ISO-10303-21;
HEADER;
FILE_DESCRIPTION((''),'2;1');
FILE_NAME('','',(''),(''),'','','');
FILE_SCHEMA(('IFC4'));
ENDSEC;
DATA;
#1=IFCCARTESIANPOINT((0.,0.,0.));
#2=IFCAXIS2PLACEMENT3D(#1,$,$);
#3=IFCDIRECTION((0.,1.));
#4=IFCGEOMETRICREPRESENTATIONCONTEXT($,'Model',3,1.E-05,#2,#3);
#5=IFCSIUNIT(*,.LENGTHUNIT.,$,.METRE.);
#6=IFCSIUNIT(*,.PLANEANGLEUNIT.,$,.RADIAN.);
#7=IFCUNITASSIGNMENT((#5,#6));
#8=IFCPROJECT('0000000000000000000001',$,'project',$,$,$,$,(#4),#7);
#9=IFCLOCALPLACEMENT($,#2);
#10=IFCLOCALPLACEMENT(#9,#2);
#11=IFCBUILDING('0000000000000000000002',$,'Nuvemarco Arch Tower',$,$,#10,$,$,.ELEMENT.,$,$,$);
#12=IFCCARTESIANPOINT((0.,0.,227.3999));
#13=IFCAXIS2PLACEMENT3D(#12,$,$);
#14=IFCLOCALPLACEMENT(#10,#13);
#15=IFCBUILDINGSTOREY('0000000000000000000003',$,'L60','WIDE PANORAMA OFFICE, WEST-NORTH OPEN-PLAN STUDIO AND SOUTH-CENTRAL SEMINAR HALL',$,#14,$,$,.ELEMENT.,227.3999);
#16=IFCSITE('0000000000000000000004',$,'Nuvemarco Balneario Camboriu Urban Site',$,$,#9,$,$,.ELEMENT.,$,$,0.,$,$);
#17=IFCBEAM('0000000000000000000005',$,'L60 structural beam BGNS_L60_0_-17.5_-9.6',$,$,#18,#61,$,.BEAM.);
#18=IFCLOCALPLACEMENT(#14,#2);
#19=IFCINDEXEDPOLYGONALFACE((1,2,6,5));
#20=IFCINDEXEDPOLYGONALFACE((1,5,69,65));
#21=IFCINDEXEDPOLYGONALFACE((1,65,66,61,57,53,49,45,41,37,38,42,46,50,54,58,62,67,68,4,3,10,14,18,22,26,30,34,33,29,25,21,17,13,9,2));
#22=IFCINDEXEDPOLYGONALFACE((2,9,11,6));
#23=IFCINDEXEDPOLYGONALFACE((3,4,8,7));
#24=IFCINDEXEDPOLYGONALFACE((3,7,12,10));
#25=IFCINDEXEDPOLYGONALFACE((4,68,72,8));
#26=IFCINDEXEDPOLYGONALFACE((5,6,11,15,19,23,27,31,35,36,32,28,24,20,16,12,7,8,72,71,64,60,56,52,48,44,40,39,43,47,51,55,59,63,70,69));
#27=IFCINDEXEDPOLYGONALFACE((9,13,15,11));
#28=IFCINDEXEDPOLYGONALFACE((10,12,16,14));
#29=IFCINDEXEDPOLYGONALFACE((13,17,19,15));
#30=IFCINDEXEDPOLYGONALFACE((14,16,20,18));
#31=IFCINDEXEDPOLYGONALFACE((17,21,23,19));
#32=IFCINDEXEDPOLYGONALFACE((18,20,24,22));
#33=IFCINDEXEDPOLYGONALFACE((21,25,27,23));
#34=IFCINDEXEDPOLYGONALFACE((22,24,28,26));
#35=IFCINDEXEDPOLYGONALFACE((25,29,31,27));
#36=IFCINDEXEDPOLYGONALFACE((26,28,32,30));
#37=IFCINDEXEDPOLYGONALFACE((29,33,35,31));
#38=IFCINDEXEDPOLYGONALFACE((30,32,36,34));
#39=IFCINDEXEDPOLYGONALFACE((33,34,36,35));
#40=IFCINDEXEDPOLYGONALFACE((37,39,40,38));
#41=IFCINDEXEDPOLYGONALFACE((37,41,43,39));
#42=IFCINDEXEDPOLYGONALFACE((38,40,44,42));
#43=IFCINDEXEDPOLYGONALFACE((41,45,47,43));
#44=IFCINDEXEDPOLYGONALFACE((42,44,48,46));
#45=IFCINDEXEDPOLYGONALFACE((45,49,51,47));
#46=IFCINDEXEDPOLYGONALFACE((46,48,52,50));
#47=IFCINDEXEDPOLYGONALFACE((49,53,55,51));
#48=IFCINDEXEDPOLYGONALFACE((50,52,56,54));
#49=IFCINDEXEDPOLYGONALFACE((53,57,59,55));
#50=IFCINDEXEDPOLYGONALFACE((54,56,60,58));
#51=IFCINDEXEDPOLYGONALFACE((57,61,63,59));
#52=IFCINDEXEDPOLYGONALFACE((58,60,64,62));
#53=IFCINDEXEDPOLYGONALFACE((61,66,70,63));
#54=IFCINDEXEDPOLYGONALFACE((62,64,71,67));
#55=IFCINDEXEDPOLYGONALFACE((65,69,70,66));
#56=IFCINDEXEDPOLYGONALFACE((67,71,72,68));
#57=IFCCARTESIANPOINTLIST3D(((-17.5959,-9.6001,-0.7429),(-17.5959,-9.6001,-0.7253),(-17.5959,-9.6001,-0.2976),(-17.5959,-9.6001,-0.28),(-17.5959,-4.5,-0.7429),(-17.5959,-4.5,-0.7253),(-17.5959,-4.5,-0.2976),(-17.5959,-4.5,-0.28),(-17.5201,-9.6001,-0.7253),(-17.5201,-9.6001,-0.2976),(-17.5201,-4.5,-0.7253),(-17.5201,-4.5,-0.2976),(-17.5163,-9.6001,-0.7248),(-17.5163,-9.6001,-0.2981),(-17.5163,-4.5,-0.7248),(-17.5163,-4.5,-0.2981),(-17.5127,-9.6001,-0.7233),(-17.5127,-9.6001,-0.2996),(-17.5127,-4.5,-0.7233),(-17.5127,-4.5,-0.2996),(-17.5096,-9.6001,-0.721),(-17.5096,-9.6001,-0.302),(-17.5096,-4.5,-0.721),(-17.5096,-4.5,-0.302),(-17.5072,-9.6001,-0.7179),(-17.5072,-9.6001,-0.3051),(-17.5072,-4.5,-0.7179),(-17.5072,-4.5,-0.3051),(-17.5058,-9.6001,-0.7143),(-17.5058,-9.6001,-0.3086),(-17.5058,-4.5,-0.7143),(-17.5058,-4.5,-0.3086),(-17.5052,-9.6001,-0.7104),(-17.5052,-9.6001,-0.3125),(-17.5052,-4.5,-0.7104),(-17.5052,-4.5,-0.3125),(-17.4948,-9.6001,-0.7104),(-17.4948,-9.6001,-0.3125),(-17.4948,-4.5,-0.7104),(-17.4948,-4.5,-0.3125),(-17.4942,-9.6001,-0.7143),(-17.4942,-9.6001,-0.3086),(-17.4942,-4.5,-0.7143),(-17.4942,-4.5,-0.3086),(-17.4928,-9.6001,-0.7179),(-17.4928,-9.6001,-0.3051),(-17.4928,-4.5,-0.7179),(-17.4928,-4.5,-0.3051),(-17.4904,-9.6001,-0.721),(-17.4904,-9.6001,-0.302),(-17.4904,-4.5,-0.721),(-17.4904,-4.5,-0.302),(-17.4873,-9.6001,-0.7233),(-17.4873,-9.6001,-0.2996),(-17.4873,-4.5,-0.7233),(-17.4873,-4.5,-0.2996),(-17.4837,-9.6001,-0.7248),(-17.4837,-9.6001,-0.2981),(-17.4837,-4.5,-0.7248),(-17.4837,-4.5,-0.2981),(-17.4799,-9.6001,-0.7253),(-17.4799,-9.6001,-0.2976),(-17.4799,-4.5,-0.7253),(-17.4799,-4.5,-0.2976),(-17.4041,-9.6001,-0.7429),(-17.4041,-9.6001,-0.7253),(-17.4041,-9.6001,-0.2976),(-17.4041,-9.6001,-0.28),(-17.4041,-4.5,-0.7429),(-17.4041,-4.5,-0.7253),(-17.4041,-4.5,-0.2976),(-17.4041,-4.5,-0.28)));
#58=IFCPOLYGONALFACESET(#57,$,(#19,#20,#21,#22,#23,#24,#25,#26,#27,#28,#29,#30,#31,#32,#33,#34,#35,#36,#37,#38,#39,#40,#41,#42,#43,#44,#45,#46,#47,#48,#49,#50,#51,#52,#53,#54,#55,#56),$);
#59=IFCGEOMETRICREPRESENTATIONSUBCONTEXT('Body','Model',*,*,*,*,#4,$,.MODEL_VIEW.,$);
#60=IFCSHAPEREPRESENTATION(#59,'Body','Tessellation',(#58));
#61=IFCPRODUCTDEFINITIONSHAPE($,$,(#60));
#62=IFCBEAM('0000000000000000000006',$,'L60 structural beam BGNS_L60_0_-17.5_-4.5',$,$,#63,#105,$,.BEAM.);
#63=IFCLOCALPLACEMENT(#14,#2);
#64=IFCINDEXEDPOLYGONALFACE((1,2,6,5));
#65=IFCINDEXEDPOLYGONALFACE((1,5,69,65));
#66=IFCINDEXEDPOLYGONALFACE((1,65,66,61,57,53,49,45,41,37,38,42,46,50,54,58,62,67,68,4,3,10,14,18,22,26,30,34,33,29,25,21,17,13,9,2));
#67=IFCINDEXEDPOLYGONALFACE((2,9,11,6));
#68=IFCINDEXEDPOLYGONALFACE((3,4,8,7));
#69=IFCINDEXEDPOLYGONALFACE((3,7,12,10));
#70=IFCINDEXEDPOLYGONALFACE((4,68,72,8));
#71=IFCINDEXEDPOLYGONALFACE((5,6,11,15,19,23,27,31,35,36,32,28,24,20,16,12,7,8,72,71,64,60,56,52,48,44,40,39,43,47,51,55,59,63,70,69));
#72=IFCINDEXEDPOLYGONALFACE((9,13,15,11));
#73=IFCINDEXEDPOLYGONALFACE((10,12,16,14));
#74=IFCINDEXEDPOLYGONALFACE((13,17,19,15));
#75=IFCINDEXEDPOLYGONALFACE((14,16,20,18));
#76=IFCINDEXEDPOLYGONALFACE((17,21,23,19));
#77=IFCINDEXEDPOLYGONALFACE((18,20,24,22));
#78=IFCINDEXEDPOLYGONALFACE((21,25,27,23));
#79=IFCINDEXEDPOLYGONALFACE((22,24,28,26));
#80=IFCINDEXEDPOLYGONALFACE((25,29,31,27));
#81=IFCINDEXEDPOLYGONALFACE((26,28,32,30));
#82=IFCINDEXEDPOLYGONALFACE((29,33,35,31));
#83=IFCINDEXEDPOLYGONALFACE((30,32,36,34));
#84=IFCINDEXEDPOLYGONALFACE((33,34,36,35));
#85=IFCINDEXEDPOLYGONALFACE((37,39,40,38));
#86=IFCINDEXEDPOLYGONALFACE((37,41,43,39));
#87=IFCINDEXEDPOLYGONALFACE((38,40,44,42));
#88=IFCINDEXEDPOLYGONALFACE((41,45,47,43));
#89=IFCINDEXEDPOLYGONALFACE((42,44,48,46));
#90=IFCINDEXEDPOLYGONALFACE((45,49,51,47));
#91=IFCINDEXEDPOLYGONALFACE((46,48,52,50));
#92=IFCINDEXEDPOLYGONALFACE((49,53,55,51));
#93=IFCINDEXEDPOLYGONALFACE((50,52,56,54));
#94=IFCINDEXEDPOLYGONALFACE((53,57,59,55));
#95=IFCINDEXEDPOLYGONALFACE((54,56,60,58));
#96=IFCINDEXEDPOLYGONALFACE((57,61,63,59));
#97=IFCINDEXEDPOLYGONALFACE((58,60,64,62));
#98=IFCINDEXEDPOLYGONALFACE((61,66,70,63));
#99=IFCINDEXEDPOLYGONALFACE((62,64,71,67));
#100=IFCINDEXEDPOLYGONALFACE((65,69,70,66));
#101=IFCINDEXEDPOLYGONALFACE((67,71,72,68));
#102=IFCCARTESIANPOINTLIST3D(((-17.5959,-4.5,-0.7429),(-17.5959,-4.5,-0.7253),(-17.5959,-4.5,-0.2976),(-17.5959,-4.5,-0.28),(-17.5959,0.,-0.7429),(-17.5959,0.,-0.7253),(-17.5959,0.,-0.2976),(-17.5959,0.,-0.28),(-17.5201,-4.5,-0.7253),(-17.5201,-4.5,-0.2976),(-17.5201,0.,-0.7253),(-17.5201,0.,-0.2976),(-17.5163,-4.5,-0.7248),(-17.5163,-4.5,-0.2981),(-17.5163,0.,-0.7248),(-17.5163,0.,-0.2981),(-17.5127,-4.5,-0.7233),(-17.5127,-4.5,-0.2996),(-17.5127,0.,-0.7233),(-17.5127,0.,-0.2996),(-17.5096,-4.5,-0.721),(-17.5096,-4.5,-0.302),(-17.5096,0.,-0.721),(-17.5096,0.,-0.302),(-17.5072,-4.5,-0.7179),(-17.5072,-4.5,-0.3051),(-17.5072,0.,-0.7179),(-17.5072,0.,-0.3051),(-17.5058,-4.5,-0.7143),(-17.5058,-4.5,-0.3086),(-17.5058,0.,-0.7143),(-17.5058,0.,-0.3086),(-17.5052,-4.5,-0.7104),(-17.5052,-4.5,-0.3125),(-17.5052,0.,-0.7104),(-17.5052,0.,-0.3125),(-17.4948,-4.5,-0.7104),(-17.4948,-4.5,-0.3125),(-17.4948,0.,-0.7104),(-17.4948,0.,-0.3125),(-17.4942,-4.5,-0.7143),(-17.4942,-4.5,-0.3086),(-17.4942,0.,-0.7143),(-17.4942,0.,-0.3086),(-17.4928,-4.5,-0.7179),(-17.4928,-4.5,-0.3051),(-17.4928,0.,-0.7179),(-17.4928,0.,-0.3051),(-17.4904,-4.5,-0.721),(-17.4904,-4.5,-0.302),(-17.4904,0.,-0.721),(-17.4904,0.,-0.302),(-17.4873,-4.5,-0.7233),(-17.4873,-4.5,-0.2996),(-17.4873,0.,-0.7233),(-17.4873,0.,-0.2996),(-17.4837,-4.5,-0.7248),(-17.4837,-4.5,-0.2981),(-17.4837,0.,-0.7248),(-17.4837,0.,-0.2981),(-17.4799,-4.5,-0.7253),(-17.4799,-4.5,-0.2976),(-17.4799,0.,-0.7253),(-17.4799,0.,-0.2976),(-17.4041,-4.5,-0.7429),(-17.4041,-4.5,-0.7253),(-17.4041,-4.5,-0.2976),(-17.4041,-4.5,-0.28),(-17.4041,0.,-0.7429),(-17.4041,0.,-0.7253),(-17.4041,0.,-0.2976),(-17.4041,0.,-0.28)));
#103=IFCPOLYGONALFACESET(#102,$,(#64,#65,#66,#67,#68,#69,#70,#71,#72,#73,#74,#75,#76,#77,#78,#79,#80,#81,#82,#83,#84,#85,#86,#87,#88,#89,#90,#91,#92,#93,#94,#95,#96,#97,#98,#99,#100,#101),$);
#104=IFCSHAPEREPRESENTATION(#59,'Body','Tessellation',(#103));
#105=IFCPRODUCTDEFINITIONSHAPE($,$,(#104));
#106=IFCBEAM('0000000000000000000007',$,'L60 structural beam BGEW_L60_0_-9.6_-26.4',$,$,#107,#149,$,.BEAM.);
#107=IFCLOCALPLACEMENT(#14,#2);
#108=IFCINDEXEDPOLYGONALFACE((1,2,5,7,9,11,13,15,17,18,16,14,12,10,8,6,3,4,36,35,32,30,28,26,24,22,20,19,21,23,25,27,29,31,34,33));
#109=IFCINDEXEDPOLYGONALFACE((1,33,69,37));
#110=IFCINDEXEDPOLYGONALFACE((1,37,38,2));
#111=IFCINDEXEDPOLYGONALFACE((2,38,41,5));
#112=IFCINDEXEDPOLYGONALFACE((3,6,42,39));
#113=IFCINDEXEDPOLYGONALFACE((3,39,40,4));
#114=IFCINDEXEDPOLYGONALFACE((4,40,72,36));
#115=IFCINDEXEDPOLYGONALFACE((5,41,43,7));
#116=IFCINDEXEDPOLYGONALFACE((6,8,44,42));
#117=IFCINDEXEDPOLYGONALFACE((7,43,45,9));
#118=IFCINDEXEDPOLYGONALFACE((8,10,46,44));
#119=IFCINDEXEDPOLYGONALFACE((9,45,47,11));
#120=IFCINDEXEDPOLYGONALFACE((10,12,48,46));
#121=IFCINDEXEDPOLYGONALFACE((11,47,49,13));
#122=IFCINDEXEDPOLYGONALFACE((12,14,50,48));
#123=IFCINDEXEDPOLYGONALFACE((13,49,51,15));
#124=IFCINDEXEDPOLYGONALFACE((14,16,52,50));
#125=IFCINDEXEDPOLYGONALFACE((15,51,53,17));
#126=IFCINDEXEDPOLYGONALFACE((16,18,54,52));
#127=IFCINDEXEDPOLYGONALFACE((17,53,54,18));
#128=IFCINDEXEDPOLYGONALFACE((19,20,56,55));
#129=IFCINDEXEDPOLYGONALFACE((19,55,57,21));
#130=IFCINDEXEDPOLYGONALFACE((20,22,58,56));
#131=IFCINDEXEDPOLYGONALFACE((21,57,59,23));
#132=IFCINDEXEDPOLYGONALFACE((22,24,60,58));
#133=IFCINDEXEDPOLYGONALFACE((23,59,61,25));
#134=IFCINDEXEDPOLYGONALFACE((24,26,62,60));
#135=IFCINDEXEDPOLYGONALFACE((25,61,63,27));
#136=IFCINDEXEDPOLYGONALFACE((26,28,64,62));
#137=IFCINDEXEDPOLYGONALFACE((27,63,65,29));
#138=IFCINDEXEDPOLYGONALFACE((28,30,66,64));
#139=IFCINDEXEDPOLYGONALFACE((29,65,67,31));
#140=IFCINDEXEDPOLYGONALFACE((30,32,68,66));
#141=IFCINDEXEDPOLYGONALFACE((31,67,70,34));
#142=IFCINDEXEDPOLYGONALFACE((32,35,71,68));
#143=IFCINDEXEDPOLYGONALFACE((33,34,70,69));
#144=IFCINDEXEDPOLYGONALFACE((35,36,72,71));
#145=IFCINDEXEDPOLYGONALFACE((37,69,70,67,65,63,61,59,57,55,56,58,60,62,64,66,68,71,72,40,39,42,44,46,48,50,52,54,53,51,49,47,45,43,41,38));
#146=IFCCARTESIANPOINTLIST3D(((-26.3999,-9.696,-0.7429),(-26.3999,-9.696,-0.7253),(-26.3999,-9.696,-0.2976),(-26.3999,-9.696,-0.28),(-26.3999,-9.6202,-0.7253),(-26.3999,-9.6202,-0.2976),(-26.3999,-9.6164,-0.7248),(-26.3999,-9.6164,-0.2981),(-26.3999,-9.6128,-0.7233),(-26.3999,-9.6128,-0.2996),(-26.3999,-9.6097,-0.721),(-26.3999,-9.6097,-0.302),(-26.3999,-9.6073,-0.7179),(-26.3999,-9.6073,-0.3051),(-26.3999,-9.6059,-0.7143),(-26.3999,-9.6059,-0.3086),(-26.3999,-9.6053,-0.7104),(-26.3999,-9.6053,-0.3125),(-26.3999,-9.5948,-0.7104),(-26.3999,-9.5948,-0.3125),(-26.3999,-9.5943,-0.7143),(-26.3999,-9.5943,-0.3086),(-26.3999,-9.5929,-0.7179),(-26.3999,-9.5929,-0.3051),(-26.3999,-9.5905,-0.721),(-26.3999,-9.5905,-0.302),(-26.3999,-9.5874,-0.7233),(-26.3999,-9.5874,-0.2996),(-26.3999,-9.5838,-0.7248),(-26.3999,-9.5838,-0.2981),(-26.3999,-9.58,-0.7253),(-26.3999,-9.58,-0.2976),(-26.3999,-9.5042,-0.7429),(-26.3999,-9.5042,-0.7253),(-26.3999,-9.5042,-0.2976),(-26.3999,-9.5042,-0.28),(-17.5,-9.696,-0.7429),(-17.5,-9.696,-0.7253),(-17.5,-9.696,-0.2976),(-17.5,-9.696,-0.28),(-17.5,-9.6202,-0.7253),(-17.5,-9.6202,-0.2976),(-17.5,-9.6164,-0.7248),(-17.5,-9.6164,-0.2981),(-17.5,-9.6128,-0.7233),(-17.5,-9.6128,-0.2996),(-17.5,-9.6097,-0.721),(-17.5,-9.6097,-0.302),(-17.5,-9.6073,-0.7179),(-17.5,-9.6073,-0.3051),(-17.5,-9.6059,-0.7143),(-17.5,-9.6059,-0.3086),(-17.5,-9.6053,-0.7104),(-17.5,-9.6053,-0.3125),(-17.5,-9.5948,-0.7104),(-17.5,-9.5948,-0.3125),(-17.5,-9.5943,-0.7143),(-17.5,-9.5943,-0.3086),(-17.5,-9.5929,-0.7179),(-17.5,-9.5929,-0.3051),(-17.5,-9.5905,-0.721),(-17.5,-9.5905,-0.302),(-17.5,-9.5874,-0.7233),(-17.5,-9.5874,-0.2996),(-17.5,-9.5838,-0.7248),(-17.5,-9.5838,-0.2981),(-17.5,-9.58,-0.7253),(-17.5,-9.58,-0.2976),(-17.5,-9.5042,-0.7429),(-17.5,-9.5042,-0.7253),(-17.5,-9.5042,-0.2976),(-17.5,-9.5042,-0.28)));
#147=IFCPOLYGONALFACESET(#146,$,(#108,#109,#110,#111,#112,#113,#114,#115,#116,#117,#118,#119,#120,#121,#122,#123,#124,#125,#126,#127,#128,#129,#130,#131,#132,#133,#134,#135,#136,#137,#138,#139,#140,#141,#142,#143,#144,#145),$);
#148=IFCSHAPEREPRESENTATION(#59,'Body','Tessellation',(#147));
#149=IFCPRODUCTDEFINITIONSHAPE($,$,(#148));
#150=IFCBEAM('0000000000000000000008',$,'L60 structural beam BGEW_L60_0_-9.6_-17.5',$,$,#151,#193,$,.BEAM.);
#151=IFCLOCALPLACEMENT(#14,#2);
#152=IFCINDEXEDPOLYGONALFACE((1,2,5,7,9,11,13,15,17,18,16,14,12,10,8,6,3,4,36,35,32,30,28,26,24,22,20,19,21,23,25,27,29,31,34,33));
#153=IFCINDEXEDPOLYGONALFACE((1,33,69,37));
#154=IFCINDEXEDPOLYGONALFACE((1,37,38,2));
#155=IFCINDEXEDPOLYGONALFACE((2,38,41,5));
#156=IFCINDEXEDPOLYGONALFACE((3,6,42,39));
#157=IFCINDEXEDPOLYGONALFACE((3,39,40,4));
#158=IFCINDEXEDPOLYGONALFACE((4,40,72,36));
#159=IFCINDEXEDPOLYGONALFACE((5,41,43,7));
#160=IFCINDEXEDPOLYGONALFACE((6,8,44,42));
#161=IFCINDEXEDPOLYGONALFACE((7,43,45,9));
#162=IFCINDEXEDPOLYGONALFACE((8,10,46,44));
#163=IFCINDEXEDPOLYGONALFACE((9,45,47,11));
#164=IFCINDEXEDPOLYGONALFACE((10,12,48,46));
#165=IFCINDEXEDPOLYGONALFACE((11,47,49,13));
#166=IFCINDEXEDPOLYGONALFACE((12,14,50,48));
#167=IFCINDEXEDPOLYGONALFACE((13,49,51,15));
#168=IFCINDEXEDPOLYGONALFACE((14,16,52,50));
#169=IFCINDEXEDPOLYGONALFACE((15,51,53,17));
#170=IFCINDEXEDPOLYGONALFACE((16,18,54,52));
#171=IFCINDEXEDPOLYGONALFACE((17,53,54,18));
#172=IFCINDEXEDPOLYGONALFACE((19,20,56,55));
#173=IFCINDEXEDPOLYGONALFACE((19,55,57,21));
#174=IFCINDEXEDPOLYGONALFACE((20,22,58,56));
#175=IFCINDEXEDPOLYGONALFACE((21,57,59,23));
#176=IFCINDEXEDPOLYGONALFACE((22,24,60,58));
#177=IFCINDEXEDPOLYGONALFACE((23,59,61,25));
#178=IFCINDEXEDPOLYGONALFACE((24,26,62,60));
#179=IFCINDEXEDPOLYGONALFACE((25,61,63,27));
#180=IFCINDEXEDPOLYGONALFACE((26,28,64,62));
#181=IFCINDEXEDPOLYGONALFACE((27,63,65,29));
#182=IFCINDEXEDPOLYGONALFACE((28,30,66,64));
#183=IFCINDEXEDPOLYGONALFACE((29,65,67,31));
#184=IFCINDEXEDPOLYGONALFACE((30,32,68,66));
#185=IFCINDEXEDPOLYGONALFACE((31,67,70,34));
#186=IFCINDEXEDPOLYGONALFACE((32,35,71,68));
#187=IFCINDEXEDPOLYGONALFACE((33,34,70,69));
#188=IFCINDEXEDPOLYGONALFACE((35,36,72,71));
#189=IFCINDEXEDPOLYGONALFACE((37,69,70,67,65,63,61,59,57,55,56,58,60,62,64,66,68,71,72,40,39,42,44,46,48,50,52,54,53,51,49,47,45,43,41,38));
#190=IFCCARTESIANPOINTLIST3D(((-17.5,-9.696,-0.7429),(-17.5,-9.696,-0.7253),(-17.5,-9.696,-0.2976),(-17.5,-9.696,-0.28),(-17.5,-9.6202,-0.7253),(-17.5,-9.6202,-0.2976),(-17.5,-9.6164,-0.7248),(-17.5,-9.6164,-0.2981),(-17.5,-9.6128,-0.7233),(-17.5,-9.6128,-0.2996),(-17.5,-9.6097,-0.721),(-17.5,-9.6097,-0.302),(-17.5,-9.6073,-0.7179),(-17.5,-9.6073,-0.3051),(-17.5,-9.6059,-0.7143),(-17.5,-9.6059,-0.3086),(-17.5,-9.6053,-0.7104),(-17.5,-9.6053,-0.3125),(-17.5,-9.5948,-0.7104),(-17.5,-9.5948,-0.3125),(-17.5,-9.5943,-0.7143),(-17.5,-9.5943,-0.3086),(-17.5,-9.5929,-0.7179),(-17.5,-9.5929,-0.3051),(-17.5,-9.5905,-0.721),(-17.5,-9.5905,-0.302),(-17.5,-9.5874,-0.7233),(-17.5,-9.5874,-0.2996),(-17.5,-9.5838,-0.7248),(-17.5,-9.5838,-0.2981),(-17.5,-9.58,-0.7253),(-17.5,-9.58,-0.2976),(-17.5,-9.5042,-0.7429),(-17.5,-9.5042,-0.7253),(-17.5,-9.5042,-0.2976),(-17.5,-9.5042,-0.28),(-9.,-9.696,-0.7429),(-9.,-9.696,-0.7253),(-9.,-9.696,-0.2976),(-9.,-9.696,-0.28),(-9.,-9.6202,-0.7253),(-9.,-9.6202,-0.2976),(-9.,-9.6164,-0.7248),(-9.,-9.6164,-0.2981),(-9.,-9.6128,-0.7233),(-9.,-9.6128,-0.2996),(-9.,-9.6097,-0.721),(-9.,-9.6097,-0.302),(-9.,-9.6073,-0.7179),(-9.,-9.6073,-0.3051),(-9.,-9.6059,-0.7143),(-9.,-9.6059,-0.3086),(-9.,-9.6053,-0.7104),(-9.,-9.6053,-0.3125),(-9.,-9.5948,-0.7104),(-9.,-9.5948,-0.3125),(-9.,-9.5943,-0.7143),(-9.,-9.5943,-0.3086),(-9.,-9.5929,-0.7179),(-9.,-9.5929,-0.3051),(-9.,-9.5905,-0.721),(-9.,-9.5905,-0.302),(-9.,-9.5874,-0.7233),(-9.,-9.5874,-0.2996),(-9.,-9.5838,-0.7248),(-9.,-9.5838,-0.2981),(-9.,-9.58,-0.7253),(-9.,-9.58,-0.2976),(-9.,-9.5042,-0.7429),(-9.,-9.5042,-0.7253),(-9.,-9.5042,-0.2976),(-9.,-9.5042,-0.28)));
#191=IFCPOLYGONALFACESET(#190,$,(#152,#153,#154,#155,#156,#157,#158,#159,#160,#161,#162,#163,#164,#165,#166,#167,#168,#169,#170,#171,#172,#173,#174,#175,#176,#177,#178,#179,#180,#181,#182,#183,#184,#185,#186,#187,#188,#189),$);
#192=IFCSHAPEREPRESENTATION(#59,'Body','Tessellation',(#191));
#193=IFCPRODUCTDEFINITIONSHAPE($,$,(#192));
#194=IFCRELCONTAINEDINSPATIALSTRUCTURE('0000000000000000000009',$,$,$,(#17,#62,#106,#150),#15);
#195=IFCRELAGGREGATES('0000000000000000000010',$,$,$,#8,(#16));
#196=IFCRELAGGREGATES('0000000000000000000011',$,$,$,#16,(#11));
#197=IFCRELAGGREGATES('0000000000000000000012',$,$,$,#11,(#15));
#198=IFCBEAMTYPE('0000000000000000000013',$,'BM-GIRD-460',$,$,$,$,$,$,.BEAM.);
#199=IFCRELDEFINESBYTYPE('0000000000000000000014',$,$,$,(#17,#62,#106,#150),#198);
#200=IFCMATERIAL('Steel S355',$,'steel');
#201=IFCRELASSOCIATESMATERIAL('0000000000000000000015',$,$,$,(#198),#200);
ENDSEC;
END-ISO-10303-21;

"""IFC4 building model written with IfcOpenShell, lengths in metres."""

from ifc_helpers import new_model, si_unit, direction, frame, origin, origin_2d, place, context, subcontext, project, spatial, i_section, extrude, material, material_profile, profile_set, type_object, element, save


model = new_model("IFC4")

# Units and contexts
model_context = context("Model", 3, precision=1e-05, world=origin(), true_north=direction((0.0, 1.0)))
body_context = subcontext(model_context, "Body", "Model", "MODEL_VIEW")
ifc_project = project(units=[si_unit("LENGTHUNIT", "METRE"), si_unit("PLANEANGLEUNIT", "RADIAN")], contexts=[model_context])

# Site, building, storey
site_placement = place(None, origin())
site = spatial("IfcSite", under=ifc_project, at=site_placement, Name="Nuvemarco Balneario Camboriu Urban Site", CompositionType="ELEMENT", RefElevation=0.0)
building_placement = place(site_placement, origin())
building = spatial("IfcBuilding", under=site, at=building_placement, Name="Nuvemarco Arch Tower", CompositionType="ELEMENT")
storey_placement = place(building_placement, frame((0.0, 0.0, 227.3999)))
storey = spatial("IfcBuildingStorey", under=building, at=storey_placement, Name="L60", Description="WIDE PANORAMA OFFICE, WEST-NORTH OPEN-PLAN STUDIO AND SOUTH-CENTRAL SEMINAR HALL", CompositionType="ELEMENT", Elevation=227.3999)

# Shared definitions
ifc_material_1 = material(Name="Steel S355", Category="steel")

# Beams
ifc_material_profile_1 = material_profile(ifc_material_1, i_section(OverallWidth=0.1919, OverallDepth=0.4629, WebThickness=0.0105, FlangeThickness=0.0176, FilletRadius=0.0149, at=origin_2d()), Name="W460x89")
ifc_profile_set_1 = profile_set([ifc_material_profile_1], Name="Steel S355")
beam_type_1 = type_object("IfcBeamType", Name="BM-GIRD-460", PredefinedType="BEAM", material=ifc_profile_set_1)
beam_1_placement = place(storey_placement, frame((-17.5, -9.6001, -0.5115), z_axis=(0.0, 1.0, 0.0), x_axis=(-1.0, 0.0, 0.0)))
element("IfcBeam", 1, at=beam_1_placement, inside=storey, type_object=beam_type_1, Name="L60 structural beam BGNS_L60_0_-17.5_-9.6", PredefinedType="BEAM", context=body_context, shape_type="SweptSolid", body=[
    extrude(i_section(OverallWidth=0.1919, OverallDepth=0.4629, WebThickness=0.0105, FlangeThickness=0.0176, FilletRadius=0.0149, at=origin_2d()), origin(), (0.0, 0.0, 1.0), 5.1001),
])
beam_2_placement = place(storey_placement, frame((-17.5, -4.5, -0.5115), z_axis=(0.0, 1.0, 0.0), x_axis=(-1.0, 0.0, 0.0)))
element("IfcBeam", 2, at=beam_2_placement, inside=storey, type_object=beam_type_1, Name="L60 structural beam BGNS_L60_0_-17.5_-4.5", PredefinedType="BEAM", context=body_context, shape_type="SweptSolid", body=[
    extrude(i_section(OverallWidth=0.1919, OverallDepth=0.4629, WebThickness=0.0105, FlangeThickness=0.0176, FilletRadius=0.0149, at=origin_2d()), origin(), (0.0, 0.0, 1.0), 4.5),
])
beam_3_placement = place(storey_placement, frame((-26.3999, -9.6001, -0.5115), z_axis=(1.0, 0.0, 0.0), x_axis=(0.0, 1.0, 0.0)))
element("IfcBeam", 3, at=beam_3_placement, inside=storey, type_object=beam_type_1, Name="L60 structural beam BGEW_L60_0_-9.6_-26.4", PredefinedType="BEAM", context=body_context, shape_type="SweptSolid", body=[
    extrude(i_section(OverallWidth=0.1919, OverallDepth=0.4629, WebThickness=0.0105, FlangeThickness=0.0176, FilletRadius=0.0149, at=origin_2d()), origin(), (0.0, 0.0, 1.0), 8.8999),
])
beam_4_placement = place(storey_placement, frame((-17.5, -9.6001, -0.5115), z_axis=(1.0, 0.0, 0.0), x_axis=(0.0, 1.0, 0.0)))
element("IfcBeam", 4, at=beam_4_placement, inside=storey, type_object=beam_type_1, Name="L60 structural beam BGEW_L60_0_-9.6_-17.5", PredefinedType="BEAM", context=body_context, shape_type="SweptSolid", body=[
    extrude(i_section(OverallWidth=0.1919, OverallDepth=0.4629, WebThickness=0.0105, FlangeThickness=0.0176, FilletRadius=0.0149, at=origin_2d()), origin(), (0.0, 0.0, 1.0), 8.5),
])

save(model, "model.ifc")
